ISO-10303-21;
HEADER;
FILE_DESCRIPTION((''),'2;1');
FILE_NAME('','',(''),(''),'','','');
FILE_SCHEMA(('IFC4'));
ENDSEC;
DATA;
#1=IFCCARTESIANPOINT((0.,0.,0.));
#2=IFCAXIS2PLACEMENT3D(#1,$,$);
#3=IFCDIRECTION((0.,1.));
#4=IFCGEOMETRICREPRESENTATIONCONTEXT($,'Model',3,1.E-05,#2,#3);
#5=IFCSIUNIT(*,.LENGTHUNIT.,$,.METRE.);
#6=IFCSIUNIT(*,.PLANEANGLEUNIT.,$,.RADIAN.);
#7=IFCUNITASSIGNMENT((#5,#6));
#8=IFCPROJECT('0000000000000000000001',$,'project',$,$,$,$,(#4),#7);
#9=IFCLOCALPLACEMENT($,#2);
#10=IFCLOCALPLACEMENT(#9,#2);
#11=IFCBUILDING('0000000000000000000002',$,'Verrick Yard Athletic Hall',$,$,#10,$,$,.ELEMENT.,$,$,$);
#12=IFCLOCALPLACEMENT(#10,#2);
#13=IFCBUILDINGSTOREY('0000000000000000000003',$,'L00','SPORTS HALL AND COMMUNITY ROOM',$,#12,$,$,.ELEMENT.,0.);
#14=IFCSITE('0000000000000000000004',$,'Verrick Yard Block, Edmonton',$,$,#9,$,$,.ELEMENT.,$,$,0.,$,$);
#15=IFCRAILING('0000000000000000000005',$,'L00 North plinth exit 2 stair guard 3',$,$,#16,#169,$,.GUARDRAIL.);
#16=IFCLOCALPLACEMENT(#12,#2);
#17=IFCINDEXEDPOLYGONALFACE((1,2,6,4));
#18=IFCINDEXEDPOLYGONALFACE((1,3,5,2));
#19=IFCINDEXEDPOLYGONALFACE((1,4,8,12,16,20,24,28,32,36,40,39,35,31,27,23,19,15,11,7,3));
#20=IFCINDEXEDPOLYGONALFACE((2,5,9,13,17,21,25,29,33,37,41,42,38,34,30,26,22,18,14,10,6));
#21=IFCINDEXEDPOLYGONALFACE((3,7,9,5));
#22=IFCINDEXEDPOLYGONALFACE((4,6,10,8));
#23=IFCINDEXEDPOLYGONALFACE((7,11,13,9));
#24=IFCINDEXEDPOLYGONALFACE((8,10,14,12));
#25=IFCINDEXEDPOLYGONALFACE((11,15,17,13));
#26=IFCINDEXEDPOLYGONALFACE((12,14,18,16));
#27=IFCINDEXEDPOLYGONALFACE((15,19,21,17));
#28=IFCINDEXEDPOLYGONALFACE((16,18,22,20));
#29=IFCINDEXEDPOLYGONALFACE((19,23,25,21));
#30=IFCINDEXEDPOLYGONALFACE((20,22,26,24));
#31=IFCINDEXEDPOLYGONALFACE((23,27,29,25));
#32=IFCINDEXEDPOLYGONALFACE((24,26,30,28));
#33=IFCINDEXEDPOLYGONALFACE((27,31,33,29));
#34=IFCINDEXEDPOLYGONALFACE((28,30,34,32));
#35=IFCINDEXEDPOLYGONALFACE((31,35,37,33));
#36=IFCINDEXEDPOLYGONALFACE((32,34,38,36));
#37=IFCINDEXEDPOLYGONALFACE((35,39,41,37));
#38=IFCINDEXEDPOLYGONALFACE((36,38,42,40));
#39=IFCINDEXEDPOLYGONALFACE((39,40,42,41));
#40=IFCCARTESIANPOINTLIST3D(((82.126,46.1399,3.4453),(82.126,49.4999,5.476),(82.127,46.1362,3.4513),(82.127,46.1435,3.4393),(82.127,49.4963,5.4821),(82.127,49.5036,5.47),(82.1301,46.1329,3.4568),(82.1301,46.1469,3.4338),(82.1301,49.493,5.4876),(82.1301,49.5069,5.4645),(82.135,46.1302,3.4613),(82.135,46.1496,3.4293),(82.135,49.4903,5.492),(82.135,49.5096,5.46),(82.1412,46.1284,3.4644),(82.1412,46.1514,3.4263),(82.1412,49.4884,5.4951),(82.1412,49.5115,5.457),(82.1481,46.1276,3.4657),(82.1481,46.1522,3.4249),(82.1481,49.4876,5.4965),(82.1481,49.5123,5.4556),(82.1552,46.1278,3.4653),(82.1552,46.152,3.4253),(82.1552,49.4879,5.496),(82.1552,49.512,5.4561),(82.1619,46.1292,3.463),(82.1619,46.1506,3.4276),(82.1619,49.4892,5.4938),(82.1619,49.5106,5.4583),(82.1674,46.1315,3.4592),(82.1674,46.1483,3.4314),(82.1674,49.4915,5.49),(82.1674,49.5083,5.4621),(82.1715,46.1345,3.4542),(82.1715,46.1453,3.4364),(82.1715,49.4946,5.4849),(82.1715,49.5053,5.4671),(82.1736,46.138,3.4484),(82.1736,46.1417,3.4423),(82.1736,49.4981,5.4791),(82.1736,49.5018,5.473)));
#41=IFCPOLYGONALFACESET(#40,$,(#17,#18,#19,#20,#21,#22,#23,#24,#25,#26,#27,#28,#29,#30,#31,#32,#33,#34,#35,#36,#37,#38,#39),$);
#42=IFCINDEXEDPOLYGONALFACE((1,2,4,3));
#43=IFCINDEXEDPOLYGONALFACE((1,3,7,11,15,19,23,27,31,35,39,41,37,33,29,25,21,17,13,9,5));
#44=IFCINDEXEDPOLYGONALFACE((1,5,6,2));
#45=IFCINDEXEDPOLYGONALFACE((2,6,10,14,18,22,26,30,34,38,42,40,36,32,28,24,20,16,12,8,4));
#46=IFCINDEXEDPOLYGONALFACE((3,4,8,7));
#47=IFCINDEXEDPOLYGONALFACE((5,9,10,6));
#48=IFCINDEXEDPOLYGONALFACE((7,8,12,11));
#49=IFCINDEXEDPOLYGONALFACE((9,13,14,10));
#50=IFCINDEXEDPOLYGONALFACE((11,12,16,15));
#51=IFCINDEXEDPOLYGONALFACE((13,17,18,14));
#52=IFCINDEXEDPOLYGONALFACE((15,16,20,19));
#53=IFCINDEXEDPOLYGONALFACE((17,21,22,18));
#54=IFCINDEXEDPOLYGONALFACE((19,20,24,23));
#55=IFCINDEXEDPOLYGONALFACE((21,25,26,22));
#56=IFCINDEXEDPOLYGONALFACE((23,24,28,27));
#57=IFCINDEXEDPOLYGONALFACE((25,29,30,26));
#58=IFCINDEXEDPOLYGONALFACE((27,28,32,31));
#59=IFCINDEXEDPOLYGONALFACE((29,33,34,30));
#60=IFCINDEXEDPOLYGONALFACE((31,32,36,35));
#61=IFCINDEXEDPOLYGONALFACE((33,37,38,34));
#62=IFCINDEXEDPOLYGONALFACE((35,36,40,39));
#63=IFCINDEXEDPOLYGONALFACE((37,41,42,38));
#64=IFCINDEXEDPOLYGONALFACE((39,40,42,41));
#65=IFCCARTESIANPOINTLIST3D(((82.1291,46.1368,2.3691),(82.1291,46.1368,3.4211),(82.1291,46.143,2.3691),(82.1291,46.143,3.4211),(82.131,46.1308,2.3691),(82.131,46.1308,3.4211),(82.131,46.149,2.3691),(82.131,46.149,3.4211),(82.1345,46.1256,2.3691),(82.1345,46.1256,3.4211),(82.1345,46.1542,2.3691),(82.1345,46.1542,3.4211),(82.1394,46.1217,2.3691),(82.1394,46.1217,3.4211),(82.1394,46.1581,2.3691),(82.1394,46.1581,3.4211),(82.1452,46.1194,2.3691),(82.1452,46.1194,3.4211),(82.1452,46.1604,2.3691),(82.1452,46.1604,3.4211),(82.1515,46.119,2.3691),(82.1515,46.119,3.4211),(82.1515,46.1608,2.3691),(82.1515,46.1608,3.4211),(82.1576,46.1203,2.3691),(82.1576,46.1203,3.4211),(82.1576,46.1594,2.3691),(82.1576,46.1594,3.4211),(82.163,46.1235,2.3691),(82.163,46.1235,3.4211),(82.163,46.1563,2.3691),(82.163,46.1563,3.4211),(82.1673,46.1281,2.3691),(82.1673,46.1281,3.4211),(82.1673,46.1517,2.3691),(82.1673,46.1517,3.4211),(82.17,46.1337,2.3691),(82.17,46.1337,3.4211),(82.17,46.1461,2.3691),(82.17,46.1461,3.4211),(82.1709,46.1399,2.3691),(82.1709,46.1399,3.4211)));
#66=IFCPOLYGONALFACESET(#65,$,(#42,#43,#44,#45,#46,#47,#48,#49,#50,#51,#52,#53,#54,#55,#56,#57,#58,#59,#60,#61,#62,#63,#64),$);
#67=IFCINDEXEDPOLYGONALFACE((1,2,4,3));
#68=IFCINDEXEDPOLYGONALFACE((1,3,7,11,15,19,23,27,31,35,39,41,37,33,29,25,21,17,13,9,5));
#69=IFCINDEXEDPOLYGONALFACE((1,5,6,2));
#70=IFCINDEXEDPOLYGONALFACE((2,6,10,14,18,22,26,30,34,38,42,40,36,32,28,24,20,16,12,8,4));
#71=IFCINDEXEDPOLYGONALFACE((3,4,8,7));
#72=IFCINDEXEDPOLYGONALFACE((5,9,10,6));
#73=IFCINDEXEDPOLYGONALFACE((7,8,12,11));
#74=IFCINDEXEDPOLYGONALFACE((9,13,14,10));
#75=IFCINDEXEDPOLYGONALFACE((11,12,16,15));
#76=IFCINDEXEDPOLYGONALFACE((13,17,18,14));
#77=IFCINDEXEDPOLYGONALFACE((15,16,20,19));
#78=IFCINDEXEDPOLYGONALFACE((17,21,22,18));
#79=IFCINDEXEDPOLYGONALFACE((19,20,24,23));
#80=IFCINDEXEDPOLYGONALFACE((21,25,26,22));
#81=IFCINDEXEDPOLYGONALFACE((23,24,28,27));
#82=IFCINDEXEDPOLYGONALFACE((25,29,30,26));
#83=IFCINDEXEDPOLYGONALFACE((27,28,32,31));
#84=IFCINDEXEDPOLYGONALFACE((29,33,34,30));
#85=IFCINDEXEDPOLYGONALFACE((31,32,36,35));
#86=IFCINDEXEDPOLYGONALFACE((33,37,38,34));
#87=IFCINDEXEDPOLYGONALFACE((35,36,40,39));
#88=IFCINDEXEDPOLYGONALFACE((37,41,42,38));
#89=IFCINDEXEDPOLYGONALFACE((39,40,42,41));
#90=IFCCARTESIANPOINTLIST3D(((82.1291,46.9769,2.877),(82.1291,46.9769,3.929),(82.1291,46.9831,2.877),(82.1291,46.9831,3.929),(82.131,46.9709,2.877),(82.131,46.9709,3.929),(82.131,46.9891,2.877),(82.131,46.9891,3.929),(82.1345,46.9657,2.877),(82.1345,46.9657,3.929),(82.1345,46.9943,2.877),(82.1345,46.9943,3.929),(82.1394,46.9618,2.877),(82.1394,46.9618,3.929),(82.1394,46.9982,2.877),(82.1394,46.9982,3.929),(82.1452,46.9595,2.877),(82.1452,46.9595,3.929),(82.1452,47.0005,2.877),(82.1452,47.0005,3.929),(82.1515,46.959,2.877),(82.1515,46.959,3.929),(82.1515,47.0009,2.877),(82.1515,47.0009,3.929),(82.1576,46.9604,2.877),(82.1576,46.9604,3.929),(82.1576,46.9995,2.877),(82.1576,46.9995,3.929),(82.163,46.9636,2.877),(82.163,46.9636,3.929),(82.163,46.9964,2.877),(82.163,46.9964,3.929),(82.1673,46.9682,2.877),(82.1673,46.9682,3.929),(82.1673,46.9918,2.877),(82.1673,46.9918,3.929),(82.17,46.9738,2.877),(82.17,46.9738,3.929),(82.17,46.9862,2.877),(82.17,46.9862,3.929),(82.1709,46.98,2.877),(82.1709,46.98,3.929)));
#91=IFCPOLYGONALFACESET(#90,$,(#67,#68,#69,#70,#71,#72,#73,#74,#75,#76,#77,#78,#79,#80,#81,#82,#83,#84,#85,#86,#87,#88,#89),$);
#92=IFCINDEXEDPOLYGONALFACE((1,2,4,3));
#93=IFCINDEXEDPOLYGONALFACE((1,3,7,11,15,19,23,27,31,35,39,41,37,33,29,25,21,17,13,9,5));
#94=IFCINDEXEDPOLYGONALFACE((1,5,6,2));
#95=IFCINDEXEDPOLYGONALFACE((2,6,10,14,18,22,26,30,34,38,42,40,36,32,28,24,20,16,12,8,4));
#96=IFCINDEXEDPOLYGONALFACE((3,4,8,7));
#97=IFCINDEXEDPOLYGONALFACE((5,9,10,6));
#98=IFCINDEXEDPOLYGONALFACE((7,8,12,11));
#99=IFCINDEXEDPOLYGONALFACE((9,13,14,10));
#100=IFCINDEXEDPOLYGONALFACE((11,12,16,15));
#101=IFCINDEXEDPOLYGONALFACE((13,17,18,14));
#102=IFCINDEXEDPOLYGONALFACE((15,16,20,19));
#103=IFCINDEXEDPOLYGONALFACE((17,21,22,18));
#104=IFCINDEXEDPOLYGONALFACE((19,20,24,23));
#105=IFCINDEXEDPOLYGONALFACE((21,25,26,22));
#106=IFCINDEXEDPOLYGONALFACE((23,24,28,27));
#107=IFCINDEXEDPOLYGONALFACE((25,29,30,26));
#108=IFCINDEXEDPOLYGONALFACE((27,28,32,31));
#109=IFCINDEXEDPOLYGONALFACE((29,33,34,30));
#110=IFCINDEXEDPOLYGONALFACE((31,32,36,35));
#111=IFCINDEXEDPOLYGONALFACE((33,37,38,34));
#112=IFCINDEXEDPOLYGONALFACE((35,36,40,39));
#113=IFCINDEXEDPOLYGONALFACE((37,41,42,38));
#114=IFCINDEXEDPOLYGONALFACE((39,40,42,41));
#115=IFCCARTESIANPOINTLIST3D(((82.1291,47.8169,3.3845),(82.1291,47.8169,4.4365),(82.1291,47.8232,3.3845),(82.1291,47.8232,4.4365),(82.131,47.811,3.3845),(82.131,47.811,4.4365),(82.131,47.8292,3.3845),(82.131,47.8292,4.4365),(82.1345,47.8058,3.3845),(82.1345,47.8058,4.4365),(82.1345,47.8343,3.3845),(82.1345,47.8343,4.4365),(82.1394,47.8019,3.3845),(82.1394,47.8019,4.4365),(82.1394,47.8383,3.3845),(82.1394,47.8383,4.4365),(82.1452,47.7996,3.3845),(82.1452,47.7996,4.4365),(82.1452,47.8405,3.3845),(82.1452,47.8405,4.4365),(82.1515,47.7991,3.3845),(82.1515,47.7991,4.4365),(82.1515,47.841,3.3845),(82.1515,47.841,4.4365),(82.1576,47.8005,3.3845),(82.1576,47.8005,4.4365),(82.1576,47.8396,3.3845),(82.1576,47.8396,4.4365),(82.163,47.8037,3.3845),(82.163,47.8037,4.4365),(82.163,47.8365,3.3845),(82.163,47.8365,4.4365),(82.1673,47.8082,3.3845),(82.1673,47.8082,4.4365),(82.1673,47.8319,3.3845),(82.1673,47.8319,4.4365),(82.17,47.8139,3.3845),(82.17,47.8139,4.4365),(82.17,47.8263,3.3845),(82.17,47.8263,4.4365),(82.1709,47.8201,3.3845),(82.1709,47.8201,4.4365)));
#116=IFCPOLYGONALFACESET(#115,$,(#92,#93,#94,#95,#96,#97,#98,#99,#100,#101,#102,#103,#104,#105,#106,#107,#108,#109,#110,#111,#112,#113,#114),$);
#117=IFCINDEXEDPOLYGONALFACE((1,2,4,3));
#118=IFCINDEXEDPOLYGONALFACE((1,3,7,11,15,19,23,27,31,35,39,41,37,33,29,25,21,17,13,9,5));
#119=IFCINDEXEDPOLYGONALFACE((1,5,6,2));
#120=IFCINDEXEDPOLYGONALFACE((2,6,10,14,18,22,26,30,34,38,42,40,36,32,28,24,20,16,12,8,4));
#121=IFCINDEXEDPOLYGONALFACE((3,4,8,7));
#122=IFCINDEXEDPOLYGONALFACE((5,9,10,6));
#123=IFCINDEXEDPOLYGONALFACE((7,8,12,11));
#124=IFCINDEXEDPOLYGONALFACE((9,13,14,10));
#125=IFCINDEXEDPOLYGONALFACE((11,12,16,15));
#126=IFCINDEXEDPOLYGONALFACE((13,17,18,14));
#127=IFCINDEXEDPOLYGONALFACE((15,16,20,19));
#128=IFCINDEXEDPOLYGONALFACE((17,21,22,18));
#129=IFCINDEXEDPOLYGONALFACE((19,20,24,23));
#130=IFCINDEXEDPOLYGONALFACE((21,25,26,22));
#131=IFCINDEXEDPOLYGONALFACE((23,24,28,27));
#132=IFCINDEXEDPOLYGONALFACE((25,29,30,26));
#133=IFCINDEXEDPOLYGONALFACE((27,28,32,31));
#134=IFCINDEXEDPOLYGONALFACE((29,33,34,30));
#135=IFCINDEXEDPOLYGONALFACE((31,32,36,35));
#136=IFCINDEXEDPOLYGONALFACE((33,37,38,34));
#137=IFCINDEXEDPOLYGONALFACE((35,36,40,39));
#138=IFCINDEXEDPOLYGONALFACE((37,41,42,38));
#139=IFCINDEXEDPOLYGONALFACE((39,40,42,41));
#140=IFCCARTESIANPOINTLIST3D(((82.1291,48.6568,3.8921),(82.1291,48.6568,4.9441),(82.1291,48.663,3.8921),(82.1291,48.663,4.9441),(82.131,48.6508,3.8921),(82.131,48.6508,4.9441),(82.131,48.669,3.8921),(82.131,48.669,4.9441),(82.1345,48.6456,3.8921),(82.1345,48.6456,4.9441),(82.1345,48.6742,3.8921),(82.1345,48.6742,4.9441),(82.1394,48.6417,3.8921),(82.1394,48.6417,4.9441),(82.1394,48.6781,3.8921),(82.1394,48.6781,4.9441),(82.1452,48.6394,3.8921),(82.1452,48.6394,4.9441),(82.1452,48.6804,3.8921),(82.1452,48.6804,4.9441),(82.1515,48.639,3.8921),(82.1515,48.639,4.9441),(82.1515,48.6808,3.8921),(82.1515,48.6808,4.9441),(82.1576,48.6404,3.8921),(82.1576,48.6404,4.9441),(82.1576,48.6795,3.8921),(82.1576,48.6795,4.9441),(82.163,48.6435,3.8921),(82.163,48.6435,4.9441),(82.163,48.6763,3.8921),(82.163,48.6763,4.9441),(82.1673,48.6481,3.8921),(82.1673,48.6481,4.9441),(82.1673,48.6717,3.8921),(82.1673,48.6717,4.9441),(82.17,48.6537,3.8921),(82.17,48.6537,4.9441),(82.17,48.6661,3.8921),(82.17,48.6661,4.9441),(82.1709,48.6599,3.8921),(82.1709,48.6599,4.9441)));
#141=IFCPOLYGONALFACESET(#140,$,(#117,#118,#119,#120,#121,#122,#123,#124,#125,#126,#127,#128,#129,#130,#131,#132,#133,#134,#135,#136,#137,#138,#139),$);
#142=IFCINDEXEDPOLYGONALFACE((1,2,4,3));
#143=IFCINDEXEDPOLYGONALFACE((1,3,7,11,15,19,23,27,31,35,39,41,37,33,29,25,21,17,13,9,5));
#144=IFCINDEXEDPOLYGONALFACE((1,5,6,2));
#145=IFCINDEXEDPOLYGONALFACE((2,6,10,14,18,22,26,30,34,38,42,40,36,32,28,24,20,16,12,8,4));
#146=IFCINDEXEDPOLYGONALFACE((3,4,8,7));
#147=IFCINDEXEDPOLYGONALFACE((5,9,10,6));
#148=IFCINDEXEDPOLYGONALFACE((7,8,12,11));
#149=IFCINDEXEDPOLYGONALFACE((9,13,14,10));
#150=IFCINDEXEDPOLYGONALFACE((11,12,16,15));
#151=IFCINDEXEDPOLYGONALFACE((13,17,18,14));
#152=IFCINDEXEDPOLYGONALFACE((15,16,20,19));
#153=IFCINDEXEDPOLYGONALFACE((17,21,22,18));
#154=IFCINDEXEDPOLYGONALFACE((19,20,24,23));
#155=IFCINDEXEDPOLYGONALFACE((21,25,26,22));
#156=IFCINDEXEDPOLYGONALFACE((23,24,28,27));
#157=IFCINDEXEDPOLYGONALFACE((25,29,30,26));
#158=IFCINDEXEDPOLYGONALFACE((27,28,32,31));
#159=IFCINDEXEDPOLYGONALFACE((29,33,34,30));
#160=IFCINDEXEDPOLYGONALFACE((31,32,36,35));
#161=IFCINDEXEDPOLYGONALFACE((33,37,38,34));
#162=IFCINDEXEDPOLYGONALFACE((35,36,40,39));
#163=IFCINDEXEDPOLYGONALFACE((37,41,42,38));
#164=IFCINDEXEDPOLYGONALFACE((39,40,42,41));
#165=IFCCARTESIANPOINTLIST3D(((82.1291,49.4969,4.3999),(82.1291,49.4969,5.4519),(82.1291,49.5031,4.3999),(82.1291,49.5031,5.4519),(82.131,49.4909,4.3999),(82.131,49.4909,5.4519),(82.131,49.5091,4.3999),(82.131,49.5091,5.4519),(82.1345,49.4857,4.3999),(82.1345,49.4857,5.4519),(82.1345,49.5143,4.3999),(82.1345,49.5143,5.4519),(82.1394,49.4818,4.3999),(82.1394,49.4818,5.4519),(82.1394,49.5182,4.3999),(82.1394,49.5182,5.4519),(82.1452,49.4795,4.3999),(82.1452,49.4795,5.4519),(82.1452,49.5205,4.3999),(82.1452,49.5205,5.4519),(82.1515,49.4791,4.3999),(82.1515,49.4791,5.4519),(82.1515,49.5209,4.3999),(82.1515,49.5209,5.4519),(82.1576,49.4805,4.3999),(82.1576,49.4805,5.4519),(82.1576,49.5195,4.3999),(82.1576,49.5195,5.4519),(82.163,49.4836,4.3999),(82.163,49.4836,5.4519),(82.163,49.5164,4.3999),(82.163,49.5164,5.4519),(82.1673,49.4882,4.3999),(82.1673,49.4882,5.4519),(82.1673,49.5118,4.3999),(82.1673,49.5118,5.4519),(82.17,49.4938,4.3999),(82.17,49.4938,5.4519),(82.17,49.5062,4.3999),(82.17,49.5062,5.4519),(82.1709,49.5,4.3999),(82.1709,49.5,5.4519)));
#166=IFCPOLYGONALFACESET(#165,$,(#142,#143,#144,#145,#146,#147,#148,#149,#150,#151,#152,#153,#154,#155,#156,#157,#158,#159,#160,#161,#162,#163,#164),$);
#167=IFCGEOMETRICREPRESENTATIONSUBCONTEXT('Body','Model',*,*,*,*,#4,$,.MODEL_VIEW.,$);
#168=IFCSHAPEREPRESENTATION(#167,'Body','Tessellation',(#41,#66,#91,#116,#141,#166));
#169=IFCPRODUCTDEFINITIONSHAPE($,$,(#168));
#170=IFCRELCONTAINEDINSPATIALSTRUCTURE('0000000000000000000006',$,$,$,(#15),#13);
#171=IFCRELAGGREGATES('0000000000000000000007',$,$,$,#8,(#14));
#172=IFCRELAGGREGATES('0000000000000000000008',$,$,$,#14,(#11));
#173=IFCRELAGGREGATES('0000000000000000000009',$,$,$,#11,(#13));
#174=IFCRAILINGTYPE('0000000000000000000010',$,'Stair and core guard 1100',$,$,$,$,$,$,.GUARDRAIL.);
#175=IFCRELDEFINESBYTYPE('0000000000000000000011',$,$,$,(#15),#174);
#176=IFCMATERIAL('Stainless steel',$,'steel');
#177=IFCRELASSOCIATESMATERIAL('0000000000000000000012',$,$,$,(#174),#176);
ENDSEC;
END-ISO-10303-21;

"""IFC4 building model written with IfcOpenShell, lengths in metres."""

from ifc_helpers import new_model, si_unit, direction, frame, origin, origin_2d, place, context, subcontext, project, spatial, circle, extrude, material, type_object, element, save


model = new_model("IFC4")

# Units and contexts
model_context = context("Model", 3, precision=1e-05, world=origin(), true_north=direction((0.0, 1.0)))
body_context = subcontext(model_context, "Body", "Model", "MODEL_VIEW")
ifc_project = project(units=[si_unit("LENGTHUNIT", "METRE"), si_unit("PLANEANGLEUNIT", "RADIAN")], contexts=[model_context])

# Site, building, storey
site_placement = place(None, origin())
site = spatial("IfcSite", under=ifc_project, at=site_placement, Name="Verrick Yard Block, Edmonton", CompositionType="ELEMENT", RefElevation=0.0)
building_placement = place(site_placement, origin())
building = spatial("IfcBuilding", under=site, at=building_placement, Name="Verrick Yard Athletic Hall", CompositionType="ELEMENT")
storey_placement = place(building_placement, origin())
storey = spatial("IfcBuildingStorey", under=building, at=storey_placement, Name="L00", Description="SPORTS HALL AND COMMUNITY ROOM", CompositionType="ELEMENT", Elevation=0.0)

# Railing
ifc_material_1 = material(Name="Stainless steel", Category="steel")
railing_type_1 = type_object("IfcRailingType", Name="Stair and core guard 1100", PredefinedType="GUARDRAIL", material=ifc_material_1)
railing_1_placement = place(storey_placement, frame((82.1499, 46.1399, 2.3691)))
element("IfcRailing", 1, at=railing_1_placement, inside=storey, type_object=railing_type_1, Name="L00 North plinth exit 2 stair guard 3", PredefinedType="GUARDRAIL", context=body_context, shape_type="SweptSolid", body=[
    extrude(circle(Radius=0.0239, at=origin_2d()), frame((0.0, 0.0, 1.0762), z_axis=(0.0, 0.855837, 0.517246), x_axis=(-1.0, 0.0, 0.0)), (0.0, 0.0, 1.0), 3.926),
    extrude(circle(Radius=0.021, at=origin_2d()), origin(), (0.0, 0.0, 1.0), 1.052),
    extrude(circle(Radius=0.021, at=origin_2d()), frame((0.0, 0.8401, 0.5078)), (0.0, 0.0, 1.0), 1.052),
    extrude(circle(Radius=0.021, at=origin_2d()), frame((0.0, 1.6802, 1.0154)), (0.0, 0.0, 1.0), 1.052),
    extrude(circle(Radius=0.021, at=origin_2d()), frame((0.0, 2.52, 1.5229)), (0.0, 0.0, 1.0), 1.052),
    extrude(circle(Radius=0.021, at=origin_2d()), frame((0.0, 3.3601, 2.0308)), (0.0, 0.0, 1.0), 1.052),
])

save(model, "model.ifc")
